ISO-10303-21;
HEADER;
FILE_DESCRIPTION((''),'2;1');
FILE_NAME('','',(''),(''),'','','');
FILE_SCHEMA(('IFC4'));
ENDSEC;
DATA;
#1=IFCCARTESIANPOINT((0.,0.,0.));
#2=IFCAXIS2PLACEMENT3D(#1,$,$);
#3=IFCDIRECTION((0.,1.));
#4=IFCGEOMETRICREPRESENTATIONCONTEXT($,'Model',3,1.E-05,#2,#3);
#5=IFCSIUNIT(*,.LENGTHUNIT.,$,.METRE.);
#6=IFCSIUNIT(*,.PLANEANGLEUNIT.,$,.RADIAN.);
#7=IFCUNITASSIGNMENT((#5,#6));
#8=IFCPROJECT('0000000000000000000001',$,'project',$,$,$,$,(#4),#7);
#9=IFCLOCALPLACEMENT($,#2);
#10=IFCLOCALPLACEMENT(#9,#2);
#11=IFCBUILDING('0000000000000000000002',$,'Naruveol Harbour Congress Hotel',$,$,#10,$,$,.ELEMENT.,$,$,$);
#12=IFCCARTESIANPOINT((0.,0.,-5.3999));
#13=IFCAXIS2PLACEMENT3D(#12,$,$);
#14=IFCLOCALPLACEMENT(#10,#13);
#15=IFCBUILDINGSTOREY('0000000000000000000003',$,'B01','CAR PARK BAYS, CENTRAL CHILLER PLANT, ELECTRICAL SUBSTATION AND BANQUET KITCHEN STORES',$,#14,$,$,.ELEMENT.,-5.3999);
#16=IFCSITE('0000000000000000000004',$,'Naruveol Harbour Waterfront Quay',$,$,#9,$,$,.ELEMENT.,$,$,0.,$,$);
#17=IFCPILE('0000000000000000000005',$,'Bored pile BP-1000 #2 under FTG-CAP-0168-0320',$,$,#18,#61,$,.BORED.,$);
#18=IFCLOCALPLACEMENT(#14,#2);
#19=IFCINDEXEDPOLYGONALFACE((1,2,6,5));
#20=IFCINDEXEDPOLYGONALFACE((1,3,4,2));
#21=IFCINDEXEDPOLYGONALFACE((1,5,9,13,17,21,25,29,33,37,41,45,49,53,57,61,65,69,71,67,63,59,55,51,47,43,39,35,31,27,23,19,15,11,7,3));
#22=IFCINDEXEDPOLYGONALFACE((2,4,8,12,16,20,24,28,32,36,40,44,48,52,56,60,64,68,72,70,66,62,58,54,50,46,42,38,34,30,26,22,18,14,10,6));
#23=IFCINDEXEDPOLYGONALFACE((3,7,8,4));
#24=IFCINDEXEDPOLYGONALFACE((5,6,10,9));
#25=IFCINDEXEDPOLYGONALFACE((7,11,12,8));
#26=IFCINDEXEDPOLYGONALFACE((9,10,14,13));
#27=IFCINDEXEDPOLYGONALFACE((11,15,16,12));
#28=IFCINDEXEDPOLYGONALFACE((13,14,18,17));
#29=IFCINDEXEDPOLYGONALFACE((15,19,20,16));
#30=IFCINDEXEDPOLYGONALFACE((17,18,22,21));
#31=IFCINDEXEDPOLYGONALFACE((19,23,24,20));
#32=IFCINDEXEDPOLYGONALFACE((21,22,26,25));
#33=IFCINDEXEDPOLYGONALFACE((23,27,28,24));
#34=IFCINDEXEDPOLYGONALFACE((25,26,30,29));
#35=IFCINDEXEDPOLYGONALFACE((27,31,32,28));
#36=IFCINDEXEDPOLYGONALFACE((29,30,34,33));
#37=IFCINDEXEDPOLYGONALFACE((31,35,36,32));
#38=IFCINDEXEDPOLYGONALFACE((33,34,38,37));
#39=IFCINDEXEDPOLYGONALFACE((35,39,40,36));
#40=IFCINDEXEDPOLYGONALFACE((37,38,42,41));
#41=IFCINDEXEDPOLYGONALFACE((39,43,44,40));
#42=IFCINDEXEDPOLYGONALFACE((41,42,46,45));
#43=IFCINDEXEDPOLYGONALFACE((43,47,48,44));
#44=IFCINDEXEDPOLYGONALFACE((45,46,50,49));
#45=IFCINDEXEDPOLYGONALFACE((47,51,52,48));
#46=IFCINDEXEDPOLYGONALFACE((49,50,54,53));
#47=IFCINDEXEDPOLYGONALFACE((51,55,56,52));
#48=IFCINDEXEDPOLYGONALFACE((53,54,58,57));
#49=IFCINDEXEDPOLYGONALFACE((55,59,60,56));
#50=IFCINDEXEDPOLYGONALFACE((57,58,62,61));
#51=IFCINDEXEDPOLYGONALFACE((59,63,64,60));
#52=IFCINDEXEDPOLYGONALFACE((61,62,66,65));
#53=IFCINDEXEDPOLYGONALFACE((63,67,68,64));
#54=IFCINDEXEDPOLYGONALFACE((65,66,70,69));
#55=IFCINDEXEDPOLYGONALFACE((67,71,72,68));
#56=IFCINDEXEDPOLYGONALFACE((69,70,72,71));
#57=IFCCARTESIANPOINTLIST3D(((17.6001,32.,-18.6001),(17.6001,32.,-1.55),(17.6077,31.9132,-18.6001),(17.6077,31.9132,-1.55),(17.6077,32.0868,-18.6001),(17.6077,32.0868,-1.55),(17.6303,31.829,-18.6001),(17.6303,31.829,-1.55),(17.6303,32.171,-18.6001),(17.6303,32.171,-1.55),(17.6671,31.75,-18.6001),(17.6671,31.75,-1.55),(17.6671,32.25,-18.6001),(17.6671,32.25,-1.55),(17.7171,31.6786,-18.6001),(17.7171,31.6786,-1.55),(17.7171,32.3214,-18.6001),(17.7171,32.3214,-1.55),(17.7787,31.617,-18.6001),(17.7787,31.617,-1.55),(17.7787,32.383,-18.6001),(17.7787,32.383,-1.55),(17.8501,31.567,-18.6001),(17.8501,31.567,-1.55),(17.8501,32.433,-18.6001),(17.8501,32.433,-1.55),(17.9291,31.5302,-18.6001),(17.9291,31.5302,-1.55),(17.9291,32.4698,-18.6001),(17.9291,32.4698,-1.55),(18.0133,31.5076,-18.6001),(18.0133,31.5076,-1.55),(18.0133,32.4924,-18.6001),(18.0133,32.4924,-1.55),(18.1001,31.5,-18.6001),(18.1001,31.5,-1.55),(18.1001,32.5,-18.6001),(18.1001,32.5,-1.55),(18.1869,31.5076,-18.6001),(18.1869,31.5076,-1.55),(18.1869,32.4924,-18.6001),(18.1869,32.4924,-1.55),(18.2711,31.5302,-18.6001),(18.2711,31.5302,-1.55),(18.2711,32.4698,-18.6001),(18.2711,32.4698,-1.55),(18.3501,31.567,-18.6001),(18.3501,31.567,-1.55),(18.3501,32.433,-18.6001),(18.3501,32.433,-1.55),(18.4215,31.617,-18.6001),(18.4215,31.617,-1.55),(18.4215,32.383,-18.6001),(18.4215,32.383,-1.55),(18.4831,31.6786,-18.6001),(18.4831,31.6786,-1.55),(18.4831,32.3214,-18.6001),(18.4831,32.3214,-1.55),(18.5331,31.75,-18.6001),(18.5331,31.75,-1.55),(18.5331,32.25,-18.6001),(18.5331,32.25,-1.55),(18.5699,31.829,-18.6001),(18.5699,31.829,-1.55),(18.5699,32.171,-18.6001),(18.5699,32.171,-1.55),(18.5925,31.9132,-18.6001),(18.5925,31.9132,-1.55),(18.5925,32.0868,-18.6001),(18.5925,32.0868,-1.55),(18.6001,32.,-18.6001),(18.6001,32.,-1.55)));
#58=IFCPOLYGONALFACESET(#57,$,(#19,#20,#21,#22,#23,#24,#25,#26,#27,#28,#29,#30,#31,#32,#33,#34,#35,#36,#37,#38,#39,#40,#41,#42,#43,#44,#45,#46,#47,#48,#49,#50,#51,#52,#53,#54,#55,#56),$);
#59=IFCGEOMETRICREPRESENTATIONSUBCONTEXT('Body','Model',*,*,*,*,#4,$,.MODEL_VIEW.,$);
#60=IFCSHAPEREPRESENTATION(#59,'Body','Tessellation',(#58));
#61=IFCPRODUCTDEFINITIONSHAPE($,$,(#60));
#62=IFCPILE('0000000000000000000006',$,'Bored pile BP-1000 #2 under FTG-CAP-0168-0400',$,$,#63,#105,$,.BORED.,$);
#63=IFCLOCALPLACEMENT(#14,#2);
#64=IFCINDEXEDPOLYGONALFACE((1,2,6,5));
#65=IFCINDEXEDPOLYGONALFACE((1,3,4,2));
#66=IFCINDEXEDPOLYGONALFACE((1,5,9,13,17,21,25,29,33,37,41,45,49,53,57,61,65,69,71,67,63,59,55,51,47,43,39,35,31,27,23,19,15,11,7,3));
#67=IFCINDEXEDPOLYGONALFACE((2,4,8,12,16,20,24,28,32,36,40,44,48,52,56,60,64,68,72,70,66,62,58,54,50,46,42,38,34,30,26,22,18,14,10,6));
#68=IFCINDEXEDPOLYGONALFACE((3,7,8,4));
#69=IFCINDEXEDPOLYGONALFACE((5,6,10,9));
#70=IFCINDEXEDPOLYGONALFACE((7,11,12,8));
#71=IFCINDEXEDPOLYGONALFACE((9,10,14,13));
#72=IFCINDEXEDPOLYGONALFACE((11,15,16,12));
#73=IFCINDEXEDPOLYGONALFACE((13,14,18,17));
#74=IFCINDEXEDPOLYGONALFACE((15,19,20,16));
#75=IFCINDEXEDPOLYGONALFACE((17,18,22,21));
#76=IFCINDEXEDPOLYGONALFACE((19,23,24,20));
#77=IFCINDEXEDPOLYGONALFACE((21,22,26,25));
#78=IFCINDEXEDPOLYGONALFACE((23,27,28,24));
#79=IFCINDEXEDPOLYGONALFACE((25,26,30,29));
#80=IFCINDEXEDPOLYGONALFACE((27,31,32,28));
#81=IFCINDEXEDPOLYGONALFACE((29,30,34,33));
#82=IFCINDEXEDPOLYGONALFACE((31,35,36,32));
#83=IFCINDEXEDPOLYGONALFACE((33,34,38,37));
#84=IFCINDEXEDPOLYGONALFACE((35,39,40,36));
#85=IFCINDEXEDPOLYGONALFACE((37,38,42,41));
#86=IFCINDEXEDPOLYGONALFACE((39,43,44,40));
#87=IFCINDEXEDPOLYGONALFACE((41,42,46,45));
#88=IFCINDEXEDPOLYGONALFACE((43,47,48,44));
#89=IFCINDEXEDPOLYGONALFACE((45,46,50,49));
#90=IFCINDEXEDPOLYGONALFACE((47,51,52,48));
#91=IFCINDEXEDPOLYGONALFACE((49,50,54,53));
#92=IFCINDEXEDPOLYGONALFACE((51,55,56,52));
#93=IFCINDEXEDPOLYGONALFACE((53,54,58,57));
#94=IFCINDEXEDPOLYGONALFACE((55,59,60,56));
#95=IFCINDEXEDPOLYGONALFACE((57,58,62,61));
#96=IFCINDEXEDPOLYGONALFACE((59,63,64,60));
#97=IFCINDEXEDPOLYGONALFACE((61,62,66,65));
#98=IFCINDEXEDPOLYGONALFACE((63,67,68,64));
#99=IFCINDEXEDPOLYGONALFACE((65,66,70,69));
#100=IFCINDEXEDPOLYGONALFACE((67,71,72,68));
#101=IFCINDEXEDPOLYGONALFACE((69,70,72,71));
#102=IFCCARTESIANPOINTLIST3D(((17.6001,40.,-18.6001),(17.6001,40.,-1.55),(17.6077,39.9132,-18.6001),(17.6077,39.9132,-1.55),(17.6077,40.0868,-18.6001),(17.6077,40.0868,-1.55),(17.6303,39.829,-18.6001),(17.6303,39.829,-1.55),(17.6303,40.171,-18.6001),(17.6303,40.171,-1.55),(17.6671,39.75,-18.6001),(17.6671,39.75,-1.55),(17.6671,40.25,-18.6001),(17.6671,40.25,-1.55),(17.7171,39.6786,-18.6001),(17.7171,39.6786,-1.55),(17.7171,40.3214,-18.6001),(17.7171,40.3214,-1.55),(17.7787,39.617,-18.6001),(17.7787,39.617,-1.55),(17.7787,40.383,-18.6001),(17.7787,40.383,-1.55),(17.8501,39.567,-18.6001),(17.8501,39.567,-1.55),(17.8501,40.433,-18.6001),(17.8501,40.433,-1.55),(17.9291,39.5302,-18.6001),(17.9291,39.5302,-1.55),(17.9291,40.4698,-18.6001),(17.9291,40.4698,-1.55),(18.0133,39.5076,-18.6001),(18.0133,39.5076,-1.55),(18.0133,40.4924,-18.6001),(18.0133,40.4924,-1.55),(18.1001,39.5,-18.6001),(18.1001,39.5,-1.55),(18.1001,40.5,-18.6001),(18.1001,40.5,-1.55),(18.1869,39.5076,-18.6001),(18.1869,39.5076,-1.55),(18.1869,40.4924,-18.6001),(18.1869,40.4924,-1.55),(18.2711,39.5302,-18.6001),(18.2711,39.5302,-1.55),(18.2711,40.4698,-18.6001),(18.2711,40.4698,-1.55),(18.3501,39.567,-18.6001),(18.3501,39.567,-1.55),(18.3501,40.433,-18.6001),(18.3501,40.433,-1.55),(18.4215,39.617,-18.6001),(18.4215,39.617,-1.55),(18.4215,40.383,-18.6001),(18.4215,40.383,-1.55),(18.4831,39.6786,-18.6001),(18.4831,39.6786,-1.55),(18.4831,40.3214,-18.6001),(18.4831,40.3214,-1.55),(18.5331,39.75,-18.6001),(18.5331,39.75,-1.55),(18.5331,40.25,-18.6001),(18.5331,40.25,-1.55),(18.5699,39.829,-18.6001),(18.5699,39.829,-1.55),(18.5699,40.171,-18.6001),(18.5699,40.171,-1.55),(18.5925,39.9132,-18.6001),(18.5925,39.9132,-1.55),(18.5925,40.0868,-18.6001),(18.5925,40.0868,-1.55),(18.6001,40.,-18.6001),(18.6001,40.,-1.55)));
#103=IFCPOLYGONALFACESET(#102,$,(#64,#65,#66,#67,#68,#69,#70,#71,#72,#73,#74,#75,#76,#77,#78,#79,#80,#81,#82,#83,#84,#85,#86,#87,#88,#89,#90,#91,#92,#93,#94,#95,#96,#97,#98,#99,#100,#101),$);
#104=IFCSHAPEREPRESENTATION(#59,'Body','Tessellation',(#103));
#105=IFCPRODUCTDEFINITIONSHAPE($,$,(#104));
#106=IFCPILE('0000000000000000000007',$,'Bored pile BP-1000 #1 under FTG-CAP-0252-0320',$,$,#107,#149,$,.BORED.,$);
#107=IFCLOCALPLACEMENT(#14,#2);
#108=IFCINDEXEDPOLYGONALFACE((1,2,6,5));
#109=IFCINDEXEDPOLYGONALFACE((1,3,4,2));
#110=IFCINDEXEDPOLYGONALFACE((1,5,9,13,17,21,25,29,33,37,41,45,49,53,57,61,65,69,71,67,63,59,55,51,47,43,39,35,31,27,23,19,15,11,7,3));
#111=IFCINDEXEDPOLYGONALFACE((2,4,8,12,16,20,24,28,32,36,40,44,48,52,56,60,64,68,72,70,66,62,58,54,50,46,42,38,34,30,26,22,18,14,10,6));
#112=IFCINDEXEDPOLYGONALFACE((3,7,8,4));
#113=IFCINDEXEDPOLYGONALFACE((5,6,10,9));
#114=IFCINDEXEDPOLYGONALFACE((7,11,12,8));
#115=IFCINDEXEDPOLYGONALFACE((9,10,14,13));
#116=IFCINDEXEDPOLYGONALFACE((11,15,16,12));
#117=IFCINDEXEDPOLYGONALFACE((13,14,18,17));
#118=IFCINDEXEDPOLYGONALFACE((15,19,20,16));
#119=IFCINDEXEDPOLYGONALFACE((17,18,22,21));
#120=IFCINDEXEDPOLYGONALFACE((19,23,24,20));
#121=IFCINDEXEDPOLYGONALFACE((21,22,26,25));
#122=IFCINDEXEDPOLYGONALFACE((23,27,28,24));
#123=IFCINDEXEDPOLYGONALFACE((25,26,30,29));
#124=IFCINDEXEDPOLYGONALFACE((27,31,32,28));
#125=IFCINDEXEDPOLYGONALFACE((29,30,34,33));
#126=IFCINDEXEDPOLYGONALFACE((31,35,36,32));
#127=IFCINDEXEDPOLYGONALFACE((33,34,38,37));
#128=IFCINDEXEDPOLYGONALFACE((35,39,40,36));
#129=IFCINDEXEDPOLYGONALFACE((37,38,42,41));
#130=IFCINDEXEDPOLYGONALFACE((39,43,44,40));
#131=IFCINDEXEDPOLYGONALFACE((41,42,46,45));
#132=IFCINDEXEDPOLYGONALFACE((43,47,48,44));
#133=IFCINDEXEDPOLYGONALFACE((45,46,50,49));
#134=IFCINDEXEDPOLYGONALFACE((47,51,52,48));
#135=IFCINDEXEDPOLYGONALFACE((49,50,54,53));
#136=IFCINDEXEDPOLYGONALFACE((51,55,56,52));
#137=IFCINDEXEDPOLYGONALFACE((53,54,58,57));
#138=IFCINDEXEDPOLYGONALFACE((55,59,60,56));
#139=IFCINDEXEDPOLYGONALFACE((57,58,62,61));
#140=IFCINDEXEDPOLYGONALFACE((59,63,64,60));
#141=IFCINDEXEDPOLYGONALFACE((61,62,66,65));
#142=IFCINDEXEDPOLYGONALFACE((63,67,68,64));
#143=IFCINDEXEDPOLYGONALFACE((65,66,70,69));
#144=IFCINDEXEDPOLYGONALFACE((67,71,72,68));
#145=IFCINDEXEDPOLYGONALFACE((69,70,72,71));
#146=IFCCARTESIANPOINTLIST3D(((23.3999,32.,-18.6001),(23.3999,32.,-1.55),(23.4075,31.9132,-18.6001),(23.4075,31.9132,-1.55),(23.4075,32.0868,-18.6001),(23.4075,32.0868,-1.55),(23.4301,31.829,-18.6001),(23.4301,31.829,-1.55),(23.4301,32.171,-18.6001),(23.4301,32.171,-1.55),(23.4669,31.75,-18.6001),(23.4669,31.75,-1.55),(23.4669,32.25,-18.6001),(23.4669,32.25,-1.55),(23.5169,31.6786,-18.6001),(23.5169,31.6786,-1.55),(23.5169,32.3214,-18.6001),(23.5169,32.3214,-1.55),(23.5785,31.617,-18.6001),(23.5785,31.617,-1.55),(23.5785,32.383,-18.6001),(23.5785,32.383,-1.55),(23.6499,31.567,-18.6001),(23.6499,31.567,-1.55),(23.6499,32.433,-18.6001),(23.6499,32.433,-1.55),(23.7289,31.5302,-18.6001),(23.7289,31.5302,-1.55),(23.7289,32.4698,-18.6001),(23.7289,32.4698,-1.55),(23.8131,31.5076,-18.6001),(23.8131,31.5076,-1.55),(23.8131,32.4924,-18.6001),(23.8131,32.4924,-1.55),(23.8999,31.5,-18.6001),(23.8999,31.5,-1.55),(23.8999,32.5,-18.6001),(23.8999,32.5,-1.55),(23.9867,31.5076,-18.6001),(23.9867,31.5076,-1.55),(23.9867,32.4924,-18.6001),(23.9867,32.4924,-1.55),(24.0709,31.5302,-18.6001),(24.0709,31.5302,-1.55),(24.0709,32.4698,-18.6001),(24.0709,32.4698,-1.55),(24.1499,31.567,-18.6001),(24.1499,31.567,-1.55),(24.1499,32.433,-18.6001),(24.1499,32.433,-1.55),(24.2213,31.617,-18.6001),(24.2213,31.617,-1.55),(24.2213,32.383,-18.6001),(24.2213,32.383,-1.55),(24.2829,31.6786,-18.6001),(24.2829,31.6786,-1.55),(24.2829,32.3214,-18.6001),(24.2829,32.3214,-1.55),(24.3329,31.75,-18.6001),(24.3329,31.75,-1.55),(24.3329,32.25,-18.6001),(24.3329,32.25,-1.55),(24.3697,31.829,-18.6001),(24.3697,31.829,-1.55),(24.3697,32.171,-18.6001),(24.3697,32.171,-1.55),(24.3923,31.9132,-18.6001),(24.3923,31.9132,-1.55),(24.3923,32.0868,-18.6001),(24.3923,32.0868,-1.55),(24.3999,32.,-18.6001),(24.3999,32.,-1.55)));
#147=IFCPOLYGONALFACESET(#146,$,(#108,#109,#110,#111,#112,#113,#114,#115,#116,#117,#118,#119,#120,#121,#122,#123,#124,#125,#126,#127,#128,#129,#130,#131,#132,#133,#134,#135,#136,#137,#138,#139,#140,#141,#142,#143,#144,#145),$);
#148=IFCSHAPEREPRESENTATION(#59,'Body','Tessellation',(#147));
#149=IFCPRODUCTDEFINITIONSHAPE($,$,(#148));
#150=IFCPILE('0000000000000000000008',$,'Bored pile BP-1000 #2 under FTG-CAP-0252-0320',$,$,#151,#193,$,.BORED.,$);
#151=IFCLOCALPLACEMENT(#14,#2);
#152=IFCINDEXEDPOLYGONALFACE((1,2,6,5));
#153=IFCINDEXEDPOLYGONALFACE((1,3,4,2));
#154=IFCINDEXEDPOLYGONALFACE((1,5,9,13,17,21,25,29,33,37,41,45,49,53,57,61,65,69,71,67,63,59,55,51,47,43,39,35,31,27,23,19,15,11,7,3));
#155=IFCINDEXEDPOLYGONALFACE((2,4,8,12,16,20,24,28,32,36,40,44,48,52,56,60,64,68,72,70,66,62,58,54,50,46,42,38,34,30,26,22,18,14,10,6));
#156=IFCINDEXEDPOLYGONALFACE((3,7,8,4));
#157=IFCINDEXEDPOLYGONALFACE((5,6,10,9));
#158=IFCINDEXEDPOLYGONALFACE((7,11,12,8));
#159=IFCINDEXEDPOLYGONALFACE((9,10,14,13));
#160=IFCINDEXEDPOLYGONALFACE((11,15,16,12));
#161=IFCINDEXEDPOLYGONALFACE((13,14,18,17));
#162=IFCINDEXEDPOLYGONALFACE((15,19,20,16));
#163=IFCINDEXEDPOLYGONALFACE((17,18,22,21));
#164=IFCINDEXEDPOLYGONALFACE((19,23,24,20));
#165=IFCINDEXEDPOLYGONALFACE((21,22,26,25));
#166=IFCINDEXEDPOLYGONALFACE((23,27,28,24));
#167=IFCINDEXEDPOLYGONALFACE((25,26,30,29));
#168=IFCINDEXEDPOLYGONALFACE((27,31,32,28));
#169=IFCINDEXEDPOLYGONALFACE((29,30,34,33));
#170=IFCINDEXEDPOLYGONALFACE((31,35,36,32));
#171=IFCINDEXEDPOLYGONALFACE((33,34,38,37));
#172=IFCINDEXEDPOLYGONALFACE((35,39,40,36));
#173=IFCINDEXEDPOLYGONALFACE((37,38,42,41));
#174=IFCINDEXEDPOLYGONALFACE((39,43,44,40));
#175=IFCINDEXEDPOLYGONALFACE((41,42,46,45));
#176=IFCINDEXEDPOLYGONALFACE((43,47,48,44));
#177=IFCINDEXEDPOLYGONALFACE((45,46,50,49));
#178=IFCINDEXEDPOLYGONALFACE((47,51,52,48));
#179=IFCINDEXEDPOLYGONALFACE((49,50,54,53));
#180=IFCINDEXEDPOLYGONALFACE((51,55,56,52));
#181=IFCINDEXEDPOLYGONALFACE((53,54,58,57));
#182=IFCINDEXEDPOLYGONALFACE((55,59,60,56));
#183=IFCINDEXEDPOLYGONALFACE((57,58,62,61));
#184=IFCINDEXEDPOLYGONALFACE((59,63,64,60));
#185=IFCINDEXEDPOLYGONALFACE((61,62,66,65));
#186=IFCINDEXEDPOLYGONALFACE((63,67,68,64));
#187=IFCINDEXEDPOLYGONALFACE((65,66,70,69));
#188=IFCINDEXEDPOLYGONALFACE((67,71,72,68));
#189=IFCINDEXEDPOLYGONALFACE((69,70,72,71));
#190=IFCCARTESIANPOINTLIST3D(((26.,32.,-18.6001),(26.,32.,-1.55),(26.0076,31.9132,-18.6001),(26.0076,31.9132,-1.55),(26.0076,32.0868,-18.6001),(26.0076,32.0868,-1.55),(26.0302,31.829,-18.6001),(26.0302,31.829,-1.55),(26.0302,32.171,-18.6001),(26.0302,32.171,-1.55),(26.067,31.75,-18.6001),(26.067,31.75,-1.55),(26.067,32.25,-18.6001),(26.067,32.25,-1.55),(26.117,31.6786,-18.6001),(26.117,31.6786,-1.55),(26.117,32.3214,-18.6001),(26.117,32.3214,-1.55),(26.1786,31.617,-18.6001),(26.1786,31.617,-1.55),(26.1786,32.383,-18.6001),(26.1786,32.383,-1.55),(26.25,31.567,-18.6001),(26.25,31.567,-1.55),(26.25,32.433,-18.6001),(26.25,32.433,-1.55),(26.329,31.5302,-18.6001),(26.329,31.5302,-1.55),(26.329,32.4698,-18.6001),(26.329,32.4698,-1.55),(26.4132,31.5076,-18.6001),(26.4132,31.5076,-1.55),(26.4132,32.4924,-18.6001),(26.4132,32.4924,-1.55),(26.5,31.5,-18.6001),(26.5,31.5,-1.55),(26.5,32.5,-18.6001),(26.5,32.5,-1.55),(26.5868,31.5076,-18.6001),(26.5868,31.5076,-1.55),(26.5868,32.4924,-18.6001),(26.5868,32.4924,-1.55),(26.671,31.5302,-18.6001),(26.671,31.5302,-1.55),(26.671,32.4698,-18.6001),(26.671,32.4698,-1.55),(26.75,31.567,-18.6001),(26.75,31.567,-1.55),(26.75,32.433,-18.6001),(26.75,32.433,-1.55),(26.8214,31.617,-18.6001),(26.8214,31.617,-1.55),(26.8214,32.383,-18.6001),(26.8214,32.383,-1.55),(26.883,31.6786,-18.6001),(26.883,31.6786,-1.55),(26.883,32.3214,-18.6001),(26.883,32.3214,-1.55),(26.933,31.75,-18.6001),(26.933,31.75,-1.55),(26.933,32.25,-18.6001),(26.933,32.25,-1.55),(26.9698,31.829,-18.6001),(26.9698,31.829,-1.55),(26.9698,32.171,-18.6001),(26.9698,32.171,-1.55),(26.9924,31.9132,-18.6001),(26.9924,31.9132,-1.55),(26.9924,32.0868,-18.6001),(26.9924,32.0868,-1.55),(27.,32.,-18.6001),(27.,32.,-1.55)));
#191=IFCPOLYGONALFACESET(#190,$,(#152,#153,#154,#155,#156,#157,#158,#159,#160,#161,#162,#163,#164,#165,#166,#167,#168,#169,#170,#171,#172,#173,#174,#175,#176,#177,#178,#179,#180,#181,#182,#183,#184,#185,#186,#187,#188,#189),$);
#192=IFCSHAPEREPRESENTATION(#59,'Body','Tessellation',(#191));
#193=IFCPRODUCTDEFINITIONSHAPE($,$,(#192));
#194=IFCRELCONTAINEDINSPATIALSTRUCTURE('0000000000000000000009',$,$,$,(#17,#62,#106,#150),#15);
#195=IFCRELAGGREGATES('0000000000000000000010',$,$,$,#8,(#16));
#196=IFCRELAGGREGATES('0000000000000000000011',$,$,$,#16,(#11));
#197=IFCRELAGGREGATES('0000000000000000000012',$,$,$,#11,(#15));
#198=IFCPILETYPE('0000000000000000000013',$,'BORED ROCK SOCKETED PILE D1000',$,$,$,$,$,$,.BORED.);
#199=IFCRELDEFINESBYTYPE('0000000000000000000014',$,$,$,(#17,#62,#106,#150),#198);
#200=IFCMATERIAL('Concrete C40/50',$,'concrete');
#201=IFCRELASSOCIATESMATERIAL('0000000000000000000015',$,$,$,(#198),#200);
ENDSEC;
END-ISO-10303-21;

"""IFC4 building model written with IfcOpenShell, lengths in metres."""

from ifc_helpers import new_model, si_unit, direction, frame, origin, origin_2d, place, context, subcontext, project, spatial, circle, extrude, material, material_profile, profile_set, type_object, element, save


model = new_model("IFC4")

# Units and contexts
model_context = context("Model", 3, precision=1e-05, world=origin(), true_north=direction((0.0, 1.0)))
body_context = subcontext(model_context, "Body", "Model", "MODEL_VIEW")
ifc_project = project(units=[si_unit("LENGTHUNIT", "METRE"), si_unit("PLANEANGLEUNIT", "RADIAN")], contexts=[model_context])

# Site, building, storey
site_placement = place(None, origin())
site = spatial("IfcSite", under=ifc_project, at=site_placement, Name="Naruveol Harbour Waterfront Quay", CompositionType="ELEMENT", RefElevation=0.0)
building_placement = place(site_placement, origin())
building = spatial("IfcBuilding", under=site, at=building_placement, Name="Naruveol Harbour Congress Hotel", CompositionType="ELEMENT")
storey_placement = place(building_placement, frame((0.0, 0.0, -5.3999)))
storey = spatial("IfcBuildingStorey", under=building, at=storey_placement, Name="B01", Description="CAR PARK BAYS, CENTRAL CHILLER PLANT, ELECTRICAL SUBSTATION AND BANQUET KITCHEN STORES", CompositionType="ELEMENT", Elevation=-5.3999)

# Piles
ifc_material_1 = material(Name="Concrete C40/50", Category="concrete")
ifc_material_profile_1 = material_profile(ifc_material_1, circle(Radius=0.5, at=origin_2d()), Name="BP-1000")
ifc_profile_set_1 = profile_set([ifc_material_profile_1], Name="Concrete C40/50")
pile_type = type_object("IfcPileType", Name="BORED ROCK SOCKETED PILE D1000", PredefinedType="BORED", material=ifc_profile_set_1)
for number, where, z_axis, x_axis, name in (
    (1, (18.1001, 32.0, -1.55), (0.0, 0.0, -1.0), (1.0, 0.0, 0.0), "Bored pile BP-1000 #2 under FTG-CAP-0168-0320"),
    (2, (18.1001, 40.0, -1.55), (0.0, 0.0, -1.0), (1.0, 0.0, 0.0), "Bored pile BP-1000 #2 under FTG-CAP-0168-0400"),
    (3, (23.8999, 32.0, -1.55), (0.0, 0.0, -1.0), (1.0, 0.0, 0.0), "Bored pile BP-1000 #1 under FTG-CAP-0252-0320"),
    (4, (26.5, 32.0, -1.55), (0.0, 0.0, -1.0), (1.0, 0.0, 0.0), "Bored pile BP-1000 #2 under FTG-CAP-0252-0320"),
):
    element("IfcPile", number, at=place(storey_placement, frame(where, z_axis=z_axis, x_axis=x_axis)), inside=storey, type_object=pile_type, Name=name, PredefinedType="BORED", context=body_context, shape_type="SweptSolid", body=[
        extrude(circle(Radius=0.5, at=origin_2d()), origin(), (0.0, 0.0, 1.0), 17.05),
    ])

save(model, "model.ifc")
